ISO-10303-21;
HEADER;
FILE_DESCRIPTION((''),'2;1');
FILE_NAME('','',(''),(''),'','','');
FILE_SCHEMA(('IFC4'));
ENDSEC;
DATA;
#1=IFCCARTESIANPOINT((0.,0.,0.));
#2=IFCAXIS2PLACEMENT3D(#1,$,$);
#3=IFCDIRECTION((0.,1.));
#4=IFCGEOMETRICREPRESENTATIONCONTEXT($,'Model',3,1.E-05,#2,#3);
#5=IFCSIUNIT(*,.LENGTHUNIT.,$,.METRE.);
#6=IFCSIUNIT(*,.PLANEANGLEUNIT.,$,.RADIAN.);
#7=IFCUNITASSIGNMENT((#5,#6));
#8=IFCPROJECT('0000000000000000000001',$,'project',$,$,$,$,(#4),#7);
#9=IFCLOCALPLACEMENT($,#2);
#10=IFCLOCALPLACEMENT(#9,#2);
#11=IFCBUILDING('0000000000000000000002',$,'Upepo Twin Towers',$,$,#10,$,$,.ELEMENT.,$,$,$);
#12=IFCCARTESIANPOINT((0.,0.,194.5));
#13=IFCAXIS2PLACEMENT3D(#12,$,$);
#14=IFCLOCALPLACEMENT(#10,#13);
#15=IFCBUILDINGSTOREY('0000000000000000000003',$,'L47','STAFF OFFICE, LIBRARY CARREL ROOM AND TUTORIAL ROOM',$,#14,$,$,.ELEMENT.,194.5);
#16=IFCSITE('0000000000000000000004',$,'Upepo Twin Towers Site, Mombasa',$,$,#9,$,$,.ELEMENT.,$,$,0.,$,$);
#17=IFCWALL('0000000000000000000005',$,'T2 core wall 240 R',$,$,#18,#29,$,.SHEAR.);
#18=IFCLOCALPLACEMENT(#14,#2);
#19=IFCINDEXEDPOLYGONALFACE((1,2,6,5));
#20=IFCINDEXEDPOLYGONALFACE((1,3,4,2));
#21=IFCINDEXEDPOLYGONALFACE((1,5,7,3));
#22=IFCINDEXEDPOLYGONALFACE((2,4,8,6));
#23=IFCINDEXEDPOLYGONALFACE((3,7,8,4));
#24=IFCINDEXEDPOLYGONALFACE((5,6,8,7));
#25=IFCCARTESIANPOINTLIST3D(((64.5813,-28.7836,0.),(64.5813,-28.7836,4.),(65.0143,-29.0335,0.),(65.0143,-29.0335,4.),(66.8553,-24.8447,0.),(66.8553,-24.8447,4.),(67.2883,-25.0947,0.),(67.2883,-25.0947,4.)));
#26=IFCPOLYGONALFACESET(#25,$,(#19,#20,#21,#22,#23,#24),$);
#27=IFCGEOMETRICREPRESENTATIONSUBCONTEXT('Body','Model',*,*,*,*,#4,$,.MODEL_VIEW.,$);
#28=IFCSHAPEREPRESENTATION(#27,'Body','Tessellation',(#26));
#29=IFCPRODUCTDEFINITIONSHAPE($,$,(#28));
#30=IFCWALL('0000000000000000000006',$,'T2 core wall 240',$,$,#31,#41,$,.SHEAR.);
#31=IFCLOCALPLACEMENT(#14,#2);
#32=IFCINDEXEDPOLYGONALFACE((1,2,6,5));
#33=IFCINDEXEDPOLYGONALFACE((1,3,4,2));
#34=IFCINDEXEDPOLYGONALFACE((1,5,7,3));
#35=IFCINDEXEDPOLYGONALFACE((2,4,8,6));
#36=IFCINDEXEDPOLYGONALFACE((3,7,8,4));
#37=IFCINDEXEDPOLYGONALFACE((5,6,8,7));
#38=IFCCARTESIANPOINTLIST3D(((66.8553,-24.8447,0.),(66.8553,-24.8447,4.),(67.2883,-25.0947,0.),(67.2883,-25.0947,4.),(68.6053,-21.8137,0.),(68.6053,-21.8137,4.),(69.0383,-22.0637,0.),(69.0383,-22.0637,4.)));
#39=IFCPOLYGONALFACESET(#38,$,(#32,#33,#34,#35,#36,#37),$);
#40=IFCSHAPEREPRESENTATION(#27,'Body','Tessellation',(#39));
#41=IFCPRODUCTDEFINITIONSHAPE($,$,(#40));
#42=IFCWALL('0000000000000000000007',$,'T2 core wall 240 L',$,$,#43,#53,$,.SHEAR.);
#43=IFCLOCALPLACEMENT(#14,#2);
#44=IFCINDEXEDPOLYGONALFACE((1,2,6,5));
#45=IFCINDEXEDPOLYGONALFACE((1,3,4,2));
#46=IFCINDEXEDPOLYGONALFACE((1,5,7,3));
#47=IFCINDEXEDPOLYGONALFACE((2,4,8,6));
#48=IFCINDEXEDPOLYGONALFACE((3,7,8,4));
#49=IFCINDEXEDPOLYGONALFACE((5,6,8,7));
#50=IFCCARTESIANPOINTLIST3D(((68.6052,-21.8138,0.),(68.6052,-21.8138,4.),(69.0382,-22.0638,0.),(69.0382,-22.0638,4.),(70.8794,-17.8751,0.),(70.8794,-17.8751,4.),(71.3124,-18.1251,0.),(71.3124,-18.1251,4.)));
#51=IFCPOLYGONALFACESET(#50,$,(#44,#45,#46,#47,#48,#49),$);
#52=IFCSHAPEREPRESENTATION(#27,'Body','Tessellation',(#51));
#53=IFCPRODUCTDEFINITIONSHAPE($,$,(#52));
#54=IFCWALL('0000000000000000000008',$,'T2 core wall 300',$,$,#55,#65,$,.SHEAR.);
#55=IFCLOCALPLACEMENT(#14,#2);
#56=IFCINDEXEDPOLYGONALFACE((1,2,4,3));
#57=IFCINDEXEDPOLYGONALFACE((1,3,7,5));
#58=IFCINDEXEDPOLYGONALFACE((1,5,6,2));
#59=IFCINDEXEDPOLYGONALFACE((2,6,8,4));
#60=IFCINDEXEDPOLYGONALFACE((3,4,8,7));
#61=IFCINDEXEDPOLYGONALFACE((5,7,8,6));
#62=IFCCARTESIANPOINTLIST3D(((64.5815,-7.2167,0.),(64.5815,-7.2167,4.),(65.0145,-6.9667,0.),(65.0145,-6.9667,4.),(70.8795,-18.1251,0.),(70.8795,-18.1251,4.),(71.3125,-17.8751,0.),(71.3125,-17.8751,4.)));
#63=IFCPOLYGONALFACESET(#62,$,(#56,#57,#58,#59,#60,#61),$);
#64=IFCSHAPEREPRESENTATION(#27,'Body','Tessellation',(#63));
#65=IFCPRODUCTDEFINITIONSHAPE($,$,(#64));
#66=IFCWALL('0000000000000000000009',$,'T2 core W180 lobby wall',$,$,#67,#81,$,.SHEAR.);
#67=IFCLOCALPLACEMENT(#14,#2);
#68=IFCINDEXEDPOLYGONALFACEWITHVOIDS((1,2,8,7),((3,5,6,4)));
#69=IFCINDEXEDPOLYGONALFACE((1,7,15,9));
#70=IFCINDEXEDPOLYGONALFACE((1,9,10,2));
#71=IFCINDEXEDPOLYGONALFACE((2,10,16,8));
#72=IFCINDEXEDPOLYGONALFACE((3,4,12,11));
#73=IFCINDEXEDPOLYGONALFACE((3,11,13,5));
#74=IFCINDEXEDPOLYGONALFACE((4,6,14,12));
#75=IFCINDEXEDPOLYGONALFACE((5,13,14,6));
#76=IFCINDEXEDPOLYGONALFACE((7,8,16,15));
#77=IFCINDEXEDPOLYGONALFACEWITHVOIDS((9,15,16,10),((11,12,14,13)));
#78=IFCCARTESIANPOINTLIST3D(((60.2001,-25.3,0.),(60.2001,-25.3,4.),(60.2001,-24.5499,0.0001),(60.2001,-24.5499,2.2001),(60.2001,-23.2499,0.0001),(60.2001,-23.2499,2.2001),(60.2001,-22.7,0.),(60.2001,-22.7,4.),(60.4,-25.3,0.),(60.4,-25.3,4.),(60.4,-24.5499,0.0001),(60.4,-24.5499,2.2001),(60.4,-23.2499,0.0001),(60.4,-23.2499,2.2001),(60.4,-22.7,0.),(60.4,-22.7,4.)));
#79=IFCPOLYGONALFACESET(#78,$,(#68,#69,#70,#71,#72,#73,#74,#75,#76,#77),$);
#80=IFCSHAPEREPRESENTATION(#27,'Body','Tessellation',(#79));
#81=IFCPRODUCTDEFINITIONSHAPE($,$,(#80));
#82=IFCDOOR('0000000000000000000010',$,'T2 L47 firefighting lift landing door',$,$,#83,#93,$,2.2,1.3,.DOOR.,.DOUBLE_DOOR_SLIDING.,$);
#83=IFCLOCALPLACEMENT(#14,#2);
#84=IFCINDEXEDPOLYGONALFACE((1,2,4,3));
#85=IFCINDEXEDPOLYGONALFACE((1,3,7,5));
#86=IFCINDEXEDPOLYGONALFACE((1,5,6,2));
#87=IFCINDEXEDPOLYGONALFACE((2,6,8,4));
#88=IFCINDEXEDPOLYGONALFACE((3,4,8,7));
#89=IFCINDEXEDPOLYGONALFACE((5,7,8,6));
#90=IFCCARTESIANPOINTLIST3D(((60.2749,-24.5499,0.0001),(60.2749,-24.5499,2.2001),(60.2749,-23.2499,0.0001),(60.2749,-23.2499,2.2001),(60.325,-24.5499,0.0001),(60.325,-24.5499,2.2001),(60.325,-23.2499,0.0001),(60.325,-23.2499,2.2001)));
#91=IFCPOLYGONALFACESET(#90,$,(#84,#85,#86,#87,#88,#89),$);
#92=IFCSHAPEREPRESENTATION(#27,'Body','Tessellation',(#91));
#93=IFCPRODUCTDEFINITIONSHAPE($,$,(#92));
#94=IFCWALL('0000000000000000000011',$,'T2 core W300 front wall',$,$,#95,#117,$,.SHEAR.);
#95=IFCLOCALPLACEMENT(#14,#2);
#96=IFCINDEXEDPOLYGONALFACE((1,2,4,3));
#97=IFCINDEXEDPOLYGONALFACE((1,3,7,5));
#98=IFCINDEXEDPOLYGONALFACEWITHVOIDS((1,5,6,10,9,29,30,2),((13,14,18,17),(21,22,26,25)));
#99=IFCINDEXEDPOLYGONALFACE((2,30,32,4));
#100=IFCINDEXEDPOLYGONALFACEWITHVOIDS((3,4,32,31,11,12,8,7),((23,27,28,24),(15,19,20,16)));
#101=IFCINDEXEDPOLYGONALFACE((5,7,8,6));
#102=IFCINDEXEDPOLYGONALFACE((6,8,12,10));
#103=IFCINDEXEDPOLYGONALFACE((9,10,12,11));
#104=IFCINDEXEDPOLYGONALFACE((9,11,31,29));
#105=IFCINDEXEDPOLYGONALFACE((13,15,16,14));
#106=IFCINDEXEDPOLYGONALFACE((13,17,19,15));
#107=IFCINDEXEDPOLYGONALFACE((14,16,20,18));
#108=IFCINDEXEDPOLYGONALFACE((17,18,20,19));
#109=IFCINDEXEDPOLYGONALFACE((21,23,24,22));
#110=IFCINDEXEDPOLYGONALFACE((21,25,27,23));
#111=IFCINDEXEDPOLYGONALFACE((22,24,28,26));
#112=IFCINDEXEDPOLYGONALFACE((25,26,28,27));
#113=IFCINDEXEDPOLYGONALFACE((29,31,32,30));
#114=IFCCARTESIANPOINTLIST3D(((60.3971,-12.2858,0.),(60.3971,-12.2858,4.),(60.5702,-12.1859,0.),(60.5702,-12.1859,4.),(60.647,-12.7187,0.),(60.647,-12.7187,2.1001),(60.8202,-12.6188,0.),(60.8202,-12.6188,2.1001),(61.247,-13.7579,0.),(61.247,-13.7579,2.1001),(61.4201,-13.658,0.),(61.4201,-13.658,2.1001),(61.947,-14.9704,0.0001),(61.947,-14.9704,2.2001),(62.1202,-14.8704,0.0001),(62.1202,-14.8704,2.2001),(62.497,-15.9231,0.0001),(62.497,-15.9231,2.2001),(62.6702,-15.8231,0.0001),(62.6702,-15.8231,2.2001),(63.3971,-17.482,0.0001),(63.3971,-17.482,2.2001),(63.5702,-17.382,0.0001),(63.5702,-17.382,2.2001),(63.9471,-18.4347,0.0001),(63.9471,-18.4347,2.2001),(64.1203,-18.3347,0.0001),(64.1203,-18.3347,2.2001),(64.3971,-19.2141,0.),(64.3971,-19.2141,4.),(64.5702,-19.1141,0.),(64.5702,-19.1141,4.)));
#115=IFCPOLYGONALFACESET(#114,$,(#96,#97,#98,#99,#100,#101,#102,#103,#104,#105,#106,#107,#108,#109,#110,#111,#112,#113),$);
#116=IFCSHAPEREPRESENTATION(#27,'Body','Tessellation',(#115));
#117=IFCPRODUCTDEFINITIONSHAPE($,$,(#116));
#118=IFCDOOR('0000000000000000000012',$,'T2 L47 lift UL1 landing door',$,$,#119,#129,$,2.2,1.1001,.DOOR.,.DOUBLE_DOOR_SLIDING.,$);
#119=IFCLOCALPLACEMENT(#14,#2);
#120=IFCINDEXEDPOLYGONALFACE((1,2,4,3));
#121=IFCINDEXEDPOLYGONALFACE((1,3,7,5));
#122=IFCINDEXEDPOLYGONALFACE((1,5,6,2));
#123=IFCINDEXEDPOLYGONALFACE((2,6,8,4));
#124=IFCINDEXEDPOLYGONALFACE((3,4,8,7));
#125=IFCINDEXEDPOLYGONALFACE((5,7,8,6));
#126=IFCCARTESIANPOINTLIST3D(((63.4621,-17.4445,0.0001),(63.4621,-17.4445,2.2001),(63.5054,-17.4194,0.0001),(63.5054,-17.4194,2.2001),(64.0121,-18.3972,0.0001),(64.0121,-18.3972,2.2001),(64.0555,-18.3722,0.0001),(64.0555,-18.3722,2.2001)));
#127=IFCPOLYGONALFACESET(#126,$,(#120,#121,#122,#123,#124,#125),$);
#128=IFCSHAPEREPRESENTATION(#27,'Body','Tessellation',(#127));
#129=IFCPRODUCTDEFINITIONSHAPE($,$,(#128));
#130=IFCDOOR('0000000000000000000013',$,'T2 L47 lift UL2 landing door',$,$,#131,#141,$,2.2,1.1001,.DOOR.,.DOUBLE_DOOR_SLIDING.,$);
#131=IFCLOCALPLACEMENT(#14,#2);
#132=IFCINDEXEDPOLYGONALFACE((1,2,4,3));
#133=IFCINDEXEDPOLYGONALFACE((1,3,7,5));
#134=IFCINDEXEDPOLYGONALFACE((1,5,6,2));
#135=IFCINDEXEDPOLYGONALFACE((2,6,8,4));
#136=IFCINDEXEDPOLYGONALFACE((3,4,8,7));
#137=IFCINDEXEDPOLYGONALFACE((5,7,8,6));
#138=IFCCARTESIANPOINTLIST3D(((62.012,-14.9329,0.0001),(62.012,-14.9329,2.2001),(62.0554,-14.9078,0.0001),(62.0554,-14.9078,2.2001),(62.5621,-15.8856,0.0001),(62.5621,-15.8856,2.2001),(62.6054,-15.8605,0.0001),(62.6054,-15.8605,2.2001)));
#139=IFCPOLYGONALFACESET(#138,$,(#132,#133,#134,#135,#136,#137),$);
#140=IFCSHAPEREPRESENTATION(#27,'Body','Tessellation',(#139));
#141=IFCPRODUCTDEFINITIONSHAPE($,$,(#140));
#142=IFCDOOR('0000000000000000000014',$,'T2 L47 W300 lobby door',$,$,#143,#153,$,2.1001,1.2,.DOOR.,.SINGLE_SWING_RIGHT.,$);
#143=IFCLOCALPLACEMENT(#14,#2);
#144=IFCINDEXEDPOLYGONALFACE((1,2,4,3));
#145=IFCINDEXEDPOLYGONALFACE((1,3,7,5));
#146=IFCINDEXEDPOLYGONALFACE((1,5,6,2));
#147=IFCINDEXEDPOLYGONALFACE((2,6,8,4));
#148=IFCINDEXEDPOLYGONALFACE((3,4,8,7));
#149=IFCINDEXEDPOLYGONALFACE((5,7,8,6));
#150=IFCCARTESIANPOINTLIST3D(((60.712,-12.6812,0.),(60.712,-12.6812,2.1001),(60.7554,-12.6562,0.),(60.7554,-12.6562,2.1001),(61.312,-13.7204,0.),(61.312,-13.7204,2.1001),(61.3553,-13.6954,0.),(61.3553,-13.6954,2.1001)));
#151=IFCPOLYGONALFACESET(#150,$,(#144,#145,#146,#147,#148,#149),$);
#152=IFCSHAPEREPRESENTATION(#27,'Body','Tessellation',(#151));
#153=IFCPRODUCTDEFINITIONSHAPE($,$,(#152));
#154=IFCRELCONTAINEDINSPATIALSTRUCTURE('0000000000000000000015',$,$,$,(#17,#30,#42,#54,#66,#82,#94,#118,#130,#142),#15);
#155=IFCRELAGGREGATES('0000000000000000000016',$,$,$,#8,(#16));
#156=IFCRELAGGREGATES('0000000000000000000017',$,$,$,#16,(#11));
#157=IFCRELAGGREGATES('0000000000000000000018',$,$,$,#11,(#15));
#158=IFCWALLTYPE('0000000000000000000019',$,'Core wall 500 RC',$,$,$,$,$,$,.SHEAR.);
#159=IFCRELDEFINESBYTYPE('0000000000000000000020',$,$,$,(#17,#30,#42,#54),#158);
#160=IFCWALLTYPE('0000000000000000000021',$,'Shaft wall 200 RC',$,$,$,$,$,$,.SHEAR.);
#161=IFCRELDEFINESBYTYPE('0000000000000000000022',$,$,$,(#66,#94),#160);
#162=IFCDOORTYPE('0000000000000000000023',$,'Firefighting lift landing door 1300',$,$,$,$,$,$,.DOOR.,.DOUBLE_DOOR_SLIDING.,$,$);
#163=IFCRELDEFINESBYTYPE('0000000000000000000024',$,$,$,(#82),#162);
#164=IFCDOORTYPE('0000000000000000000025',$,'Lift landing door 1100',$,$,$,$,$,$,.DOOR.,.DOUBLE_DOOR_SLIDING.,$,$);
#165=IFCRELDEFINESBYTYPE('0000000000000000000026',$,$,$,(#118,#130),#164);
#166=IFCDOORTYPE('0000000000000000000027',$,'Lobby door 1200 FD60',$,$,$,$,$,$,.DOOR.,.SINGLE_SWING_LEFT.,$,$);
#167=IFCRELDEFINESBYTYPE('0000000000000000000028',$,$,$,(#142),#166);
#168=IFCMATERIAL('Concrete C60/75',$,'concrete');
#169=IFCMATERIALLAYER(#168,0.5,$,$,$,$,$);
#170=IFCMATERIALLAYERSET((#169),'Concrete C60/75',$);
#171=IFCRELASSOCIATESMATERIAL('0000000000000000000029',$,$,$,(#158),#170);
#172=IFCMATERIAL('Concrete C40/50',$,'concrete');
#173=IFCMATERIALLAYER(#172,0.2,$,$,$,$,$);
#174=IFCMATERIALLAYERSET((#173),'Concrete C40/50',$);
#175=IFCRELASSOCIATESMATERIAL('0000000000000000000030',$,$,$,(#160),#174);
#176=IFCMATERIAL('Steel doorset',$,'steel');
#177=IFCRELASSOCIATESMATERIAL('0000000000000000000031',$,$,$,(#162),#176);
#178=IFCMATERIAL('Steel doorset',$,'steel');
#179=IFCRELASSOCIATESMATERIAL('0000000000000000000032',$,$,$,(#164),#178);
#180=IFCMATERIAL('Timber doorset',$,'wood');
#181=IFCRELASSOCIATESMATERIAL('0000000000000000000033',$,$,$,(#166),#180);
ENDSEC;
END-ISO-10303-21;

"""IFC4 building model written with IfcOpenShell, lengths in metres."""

from ifc_helpers import new_model, si_unit, direction, frame, frame_2d, origin, place, context, subcontext, project, spatial, rectangle, extrude, material, layer, layer_set, type_object, element, fill, save


model = new_model("IFC4")

# Units and contexts
model_context = context("Model", 3, precision=1e-05, world=origin(), true_north=direction((0.0, 1.0)))
body_context = subcontext(model_context, "Body", "Model", "MODEL_VIEW")
ifc_project = project(units=[si_unit("LENGTHUNIT", "METRE"), si_unit("PLANEANGLEUNIT", "RADIAN")], contexts=[model_context])

# Site, building, storey
site_placement = place(None, origin())
site = spatial("IfcSite", under=ifc_project, at=site_placement, Name="Upepo Twin Towers Site, Mombasa", CompositionType="ELEMENT", RefElevation=0.0)
building_placement = place(site_placement, origin())
building = spatial("IfcBuilding", under=site, at=building_placement, Name="Upepo Twin Towers", CompositionType="ELEMENT")
storey_placement = place(building_placement, frame((0.0, 0.0, 194.5)))
storey = spatial("IfcBuildingStorey", under=building, at=storey_placement, Name="L47", Description="STAFF OFFICE, LIBRARY CARREL ROOM AND TUTORIAL ROOM", CompositionType="ELEMENT", Elevation=194.5)

# Walls
ifc_material_1 = material(Name="Concrete C60/75", Category="concrete")
ifc_layer_1 = layer(ifc_material_1, 0.5)
ifc_layer_set_1 = layer_set([ifc_layer_1], Name="Concrete C60/75")
wall_type_1 = type_object("IfcWallType", Name="Core wall 500 RC", PredefinedType="SHEAR", material=ifc_layer_set_1)
wall_1_placement = place(storey_placement, frame((64.7979, -28.9084, 0.0), z_axis=(0.0, 0.0, 1.0), x_axis=(0.499984, 0.866035, 0.0)))
element("IfcWall", 1, at=wall_1_placement, inside=storey, type_object=wall_type_1, Name="T2 core wall 240 R", PredefinedType="SHEAR", context=body_context, shape_type="SweptSolid", body=[
    extrude(rectangle(XDim=4.5481, YDim=0.5, at=frame_2d((2.2739, 0.0))), origin(), (0.0, 0.0, 1.0), 4.0),
])
wall_2_placement = place(storey_placement, frame((67.0718, -24.9697, 0.0), z_axis=(0.0, 0.0, 1.0), x_axis=(0.50001, 0.866019, 0.0)))
element("IfcWall", 2, at=wall_2_placement, inside=storey, type_object=wall_type_1, Name="T2 core wall 240", PredefinedType="SHEAR", context=body_context, shape_type="SweptSolid", body=[
    extrude(rectangle(XDim=3.5, YDim=0.5, at=frame_2d((1.75, 0.0))), origin(), (0.0, 0.0, 1.0), 4.0),
])
wall_3_placement = place(storey_placement, frame((68.8218, -21.9387, 0.0), z_axis=(0.0, 0.0, 1.0), x_axis=(0.500024, 0.866011, 0.0)))
element("IfcWall", 3, at=wall_3_placement, inside=storey, type_object=wall_type_1, Name="T2 core wall 240 L", PredefinedType="SHEAR", context=body_context, shape_type="SweptSolid", body=[
    extrude(rectangle(XDim=4.5481, YDim=0.5, at=frame_2d((2.2739, 0.0))), origin(), (0.0, 0.0, 1.0), 4.0),
])
wall_4_placement = place(storey_placement, frame((71.0959, -18.0, 0.0), z_axis=(0.0, 0.0, 1.0), x_axis=(-0.500006, 0.866022, 0.0)))
element("IfcWall", 4, at=wall_4_placement, inside=storey, type_object=wall_type_1, Name="T2 core wall 300", PredefinedType="SHEAR", context=body_context, shape_type="SweptSolid", body=[
    extrude(rectangle(XDim=12.5959, YDim=0.5, at=frame_2d((6.2979, 0.0))), origin(), (0.0, 0.0, 1.0), 4.0),
])

# Wall, opening, door
ifc_material_2 = material(Name="Concrete C40/50", Category="concrete")
ifc_layer_2 = layer(ifc_material_2, 0.2)
ifc_layer_set_2 = layer_set([ifc_layer_2], Name="Concrete C40/50")
wall_type_2 = type_object("IfcWallType", Name="Shaft wall 200 RC", PredefinedType="SHEAR", material=ifc_layer_set_2)
wall_5_placement = place(storey_placement, frame((60.3, -22.7, 0.0), z_axis=(0.0, 0.0, 1.0), x_axis=(0.0, -1.0, 0.0)))
wall_5 = element("IfcWall", 5, at=wall_5_placement, inside=storey, type_object=wall_type_2, Name="T2 core W180 lobby wall", PredefinedType="SHEAR", context=body_context, shape_type="SweptSolid", body=[
    extrude(rectangle(XDim=2.6001, YDim=0.2, at=frame_2d((1.3, 0.0))), origin(), (0.0, 0.0, 1.0), 4.0),
])
opening_1_placement = place(wall_5_placement, frame((0.55, 0.0, 0.0)))
opening_1 = element("IfcOpeningElement", 6, at=opening_1_placement, cuts=wall_5, PredefinedType="OPENING", context=body_context, shape_type="SweptSolid", body=[
    extrude(rectangle(XDim=1.3, YDim=2.2, at=frame_2d((0.6499, 1.1001))), frame((0.0, 0.1099, 0.0), z_axis=(0.0, -1.0, 0.0), x_axis=(1.0, 0.0, 0.0)), (0.0, 0.0, 1.0), 0.22),
])
ifc_material_3 = material(Name="Steel doorset", Category="steel")
door_type_1 = type_object("IfcDoorType", Name="Firefighting lift landing door 1300", OperationType="DOUBLE_DOOR_SLIDING", PredefinedType="DOOR", material=ifc_material_3)
door_1_placement = place(opening_1_placement, origin())
door_1 = element("IfcDoor", 7, at=door_1_placement, inside=storey, type_object=door_type_1, Name="T2 L47 firefighting lift landing door", OperationType="DOUBLE_DOOR_SLIDING", OverallHeight=2.2, OverallWidth=1.3, PredefinedType="DOOR", context=body_context, shape_type="SweptSolid", body=[
    extrude(rectangle(XDim=1.3, YDim=2.2, at=frame_2d((0.6499, 1.1001))), frame((0.0, 0.0249, 0.0), z_axis=(0.0, -1.0, 0.0), x_axis=(1.0, 0.0, 0.0)), (0.0, 0.0, 1.0), 0.05),
])
fill(opening_1, door_1)

# Wall, openings, doors
wall_6_placement = place(storey_placement, frame((64.4836, -19.1641, 0.0), z_axis=(0.0, 0.0, 1.0), x_axis=(-0.499999, 0.866026, 0.0)))
wall_6 = element("IfcWall", 8, at=wall_6_placement, inside=storey, type_object=wall_type_2, Name="T2 core W300 front wall", PredefinedType="SHEAR", context=body_context, shape_type="SweptSolid", body=[
    extrude(rectangle(XDim=8.0, YDim=0.2, at=frame_2d((4.0, 0.0))), origin(), (0.0, 0.0, 1.0), 4.0),
])
opening_2_placement = place(wall_6_placement, frame((6.3, 0.0, 0.0)))
opening_2 = element("IfcOpeningElement", 9, at=opening_2_placement, cuts=wall_6, PredefinedType="OPENING", context=body_context, shape_type="SweptSolid", body=[
    extrude(rectangle(XDim=1.2, YDim=2.1001, at=frame_2d((0.6001, 1.05))), frame((0.0, 0.1099, 0.0), z_axis=(0.0, -1.0, 0.0), x_axis=(1.0, 0.0, 0.0)), (0.0, 0.0, 1.0), 0.22),
])
opening_3_placement = place(wall_6_placement, frame((0.8999, 0.0, 0.0)))
opening_3 = element("IfcOpeningElement", 10, at=opening_3_placement, cuts=wall_6, PredefinedType="OPENING", context=body_context, shape_type="SweptSolid", body=[
    extrude(rectangle(XDim=1.1001, YDim=2.2, at=frame_2d((0.55, 1.1001))), frame((0.0, 0.1099, 0.0), z_axis=(0.0, -1.0, 0.0), x_axis=(1.0, 0.0, 0.0)), (0.0, 0.0, 1.0), 0.22),
])
opening_4_placement = place(wall_6_placement, frame((3.8, 0.0, 0.0)))
opening_4 = element("IfcOpeningElement", 11, at=opening_4_placement, cuts=wall_6, PredefinedType="OPENING", context=body_context, shape_type="SweptSolid", body=[
    extrude(rectangle(XDim=1.1001, YDim=2.2, at=frame_2d((0.55, 1.1001))), frame((0.0, 0.1099, 0.0), z_axis=(0.0, -1.0, 0.0), x_axis=(1.0, 0.0, 0.0)), (0.0, 0.0, 1.0), 0.22),
])
ifc_material_4 = material(Name="Steel doorset", Category="steel")
door_type_2 = type_object("IfcDoorType", Name="Lift landing door 1100", OperationType="DOUBLE_DOOR_SLIDING", PredefinedType="DOOR", material=ifc_material_4)
door_2_placement = place(opening_3_placement, origin())
door_2 = element("IfcDoor", 12, at=door_2_placement, inside=storey, type_object=door_type_2, Name="T2 L47 lift UL1 landing door", OperationType="DOUBLE_DOOR_SLIDING", OverallHeight=2.2, OverallWidth=1.1001, PredefinedType="DOOR", context=body_context, shape_type="SweptSolid", body=[
    extrude(rectangle(XDim=1.1001, YDim=2.2, at=frame_2d((0.55, 1.1001))), frame((0.0, 0.0249, 0.0), z_axis=(0.0, -1.0, 0.0), x_axis=(1.0, 0.0, 0.0)), (0.0, 0.0, 1.0), 0.05),
])
fill(opening_3, door_2)
door_3_placement = place(opening_4_placement, origin())
door_3 = element("IfcDoor", 13, at=door_3_placement, inside=storey, type_object=door_type_2, Name="T2 L47 lift UL2 landing door", OperationType="DOUBLE_DOOR_SLIDING", OverallHeight=2.2, OverallWidth=1.1001, PredefinedType="DOOR", context=body_context, shape_type="SweptSolid", body=[
    extrude(rectangle(XDim=1.1001, YDim=2.2, at=frame_2d((0.55, 1.1001))), frame((0.0, 0.0249, 0.0), z_axis=(0.0, -1.0, 0.0), x_axis=(1.0, 0.0, 0.0)), (0.0, 0.0, 1.0), 0.05),
])
fill(opening_4, door_3)
ifc_material_5 = material(Name="Timber doorset", Category="wood")
door_type_3 = type_object("IfcDoorType", Name="Lobby door 1200 FD60", OperationType="SINGLE_SWING_LEFT", PredefinedType="DOOR", material=ifc_material_5)
door_4_placement = place(opening_2_placement, origin())
door_4 = element("IfcDoor", 14, at=door_4_placement, inside=storey, type_object=door_type_3, Name="T2 L47 W300 lobby door", OperationType="SINGLE_SWING_RIGHT", OverallHeight=2.1001, OverallWidth=1.2, PredefinedType="DOOR", context=body_context, shape_type="SweptSolid", body=[
    extrude(rectangle(XDim=1.2, YDim=2.1001, at=frame_2d((0.6001, 1.05))), frame((0.0, 0.0249, 0.0), z_axis=(0.0, -1.0, 0.0), x_axis=(1.0, 0.0, 0.0)), (0.0, 0.0, 1.0), 0.05),
])
fill(opening_2, door_4)

save(model, "model.ifc")
